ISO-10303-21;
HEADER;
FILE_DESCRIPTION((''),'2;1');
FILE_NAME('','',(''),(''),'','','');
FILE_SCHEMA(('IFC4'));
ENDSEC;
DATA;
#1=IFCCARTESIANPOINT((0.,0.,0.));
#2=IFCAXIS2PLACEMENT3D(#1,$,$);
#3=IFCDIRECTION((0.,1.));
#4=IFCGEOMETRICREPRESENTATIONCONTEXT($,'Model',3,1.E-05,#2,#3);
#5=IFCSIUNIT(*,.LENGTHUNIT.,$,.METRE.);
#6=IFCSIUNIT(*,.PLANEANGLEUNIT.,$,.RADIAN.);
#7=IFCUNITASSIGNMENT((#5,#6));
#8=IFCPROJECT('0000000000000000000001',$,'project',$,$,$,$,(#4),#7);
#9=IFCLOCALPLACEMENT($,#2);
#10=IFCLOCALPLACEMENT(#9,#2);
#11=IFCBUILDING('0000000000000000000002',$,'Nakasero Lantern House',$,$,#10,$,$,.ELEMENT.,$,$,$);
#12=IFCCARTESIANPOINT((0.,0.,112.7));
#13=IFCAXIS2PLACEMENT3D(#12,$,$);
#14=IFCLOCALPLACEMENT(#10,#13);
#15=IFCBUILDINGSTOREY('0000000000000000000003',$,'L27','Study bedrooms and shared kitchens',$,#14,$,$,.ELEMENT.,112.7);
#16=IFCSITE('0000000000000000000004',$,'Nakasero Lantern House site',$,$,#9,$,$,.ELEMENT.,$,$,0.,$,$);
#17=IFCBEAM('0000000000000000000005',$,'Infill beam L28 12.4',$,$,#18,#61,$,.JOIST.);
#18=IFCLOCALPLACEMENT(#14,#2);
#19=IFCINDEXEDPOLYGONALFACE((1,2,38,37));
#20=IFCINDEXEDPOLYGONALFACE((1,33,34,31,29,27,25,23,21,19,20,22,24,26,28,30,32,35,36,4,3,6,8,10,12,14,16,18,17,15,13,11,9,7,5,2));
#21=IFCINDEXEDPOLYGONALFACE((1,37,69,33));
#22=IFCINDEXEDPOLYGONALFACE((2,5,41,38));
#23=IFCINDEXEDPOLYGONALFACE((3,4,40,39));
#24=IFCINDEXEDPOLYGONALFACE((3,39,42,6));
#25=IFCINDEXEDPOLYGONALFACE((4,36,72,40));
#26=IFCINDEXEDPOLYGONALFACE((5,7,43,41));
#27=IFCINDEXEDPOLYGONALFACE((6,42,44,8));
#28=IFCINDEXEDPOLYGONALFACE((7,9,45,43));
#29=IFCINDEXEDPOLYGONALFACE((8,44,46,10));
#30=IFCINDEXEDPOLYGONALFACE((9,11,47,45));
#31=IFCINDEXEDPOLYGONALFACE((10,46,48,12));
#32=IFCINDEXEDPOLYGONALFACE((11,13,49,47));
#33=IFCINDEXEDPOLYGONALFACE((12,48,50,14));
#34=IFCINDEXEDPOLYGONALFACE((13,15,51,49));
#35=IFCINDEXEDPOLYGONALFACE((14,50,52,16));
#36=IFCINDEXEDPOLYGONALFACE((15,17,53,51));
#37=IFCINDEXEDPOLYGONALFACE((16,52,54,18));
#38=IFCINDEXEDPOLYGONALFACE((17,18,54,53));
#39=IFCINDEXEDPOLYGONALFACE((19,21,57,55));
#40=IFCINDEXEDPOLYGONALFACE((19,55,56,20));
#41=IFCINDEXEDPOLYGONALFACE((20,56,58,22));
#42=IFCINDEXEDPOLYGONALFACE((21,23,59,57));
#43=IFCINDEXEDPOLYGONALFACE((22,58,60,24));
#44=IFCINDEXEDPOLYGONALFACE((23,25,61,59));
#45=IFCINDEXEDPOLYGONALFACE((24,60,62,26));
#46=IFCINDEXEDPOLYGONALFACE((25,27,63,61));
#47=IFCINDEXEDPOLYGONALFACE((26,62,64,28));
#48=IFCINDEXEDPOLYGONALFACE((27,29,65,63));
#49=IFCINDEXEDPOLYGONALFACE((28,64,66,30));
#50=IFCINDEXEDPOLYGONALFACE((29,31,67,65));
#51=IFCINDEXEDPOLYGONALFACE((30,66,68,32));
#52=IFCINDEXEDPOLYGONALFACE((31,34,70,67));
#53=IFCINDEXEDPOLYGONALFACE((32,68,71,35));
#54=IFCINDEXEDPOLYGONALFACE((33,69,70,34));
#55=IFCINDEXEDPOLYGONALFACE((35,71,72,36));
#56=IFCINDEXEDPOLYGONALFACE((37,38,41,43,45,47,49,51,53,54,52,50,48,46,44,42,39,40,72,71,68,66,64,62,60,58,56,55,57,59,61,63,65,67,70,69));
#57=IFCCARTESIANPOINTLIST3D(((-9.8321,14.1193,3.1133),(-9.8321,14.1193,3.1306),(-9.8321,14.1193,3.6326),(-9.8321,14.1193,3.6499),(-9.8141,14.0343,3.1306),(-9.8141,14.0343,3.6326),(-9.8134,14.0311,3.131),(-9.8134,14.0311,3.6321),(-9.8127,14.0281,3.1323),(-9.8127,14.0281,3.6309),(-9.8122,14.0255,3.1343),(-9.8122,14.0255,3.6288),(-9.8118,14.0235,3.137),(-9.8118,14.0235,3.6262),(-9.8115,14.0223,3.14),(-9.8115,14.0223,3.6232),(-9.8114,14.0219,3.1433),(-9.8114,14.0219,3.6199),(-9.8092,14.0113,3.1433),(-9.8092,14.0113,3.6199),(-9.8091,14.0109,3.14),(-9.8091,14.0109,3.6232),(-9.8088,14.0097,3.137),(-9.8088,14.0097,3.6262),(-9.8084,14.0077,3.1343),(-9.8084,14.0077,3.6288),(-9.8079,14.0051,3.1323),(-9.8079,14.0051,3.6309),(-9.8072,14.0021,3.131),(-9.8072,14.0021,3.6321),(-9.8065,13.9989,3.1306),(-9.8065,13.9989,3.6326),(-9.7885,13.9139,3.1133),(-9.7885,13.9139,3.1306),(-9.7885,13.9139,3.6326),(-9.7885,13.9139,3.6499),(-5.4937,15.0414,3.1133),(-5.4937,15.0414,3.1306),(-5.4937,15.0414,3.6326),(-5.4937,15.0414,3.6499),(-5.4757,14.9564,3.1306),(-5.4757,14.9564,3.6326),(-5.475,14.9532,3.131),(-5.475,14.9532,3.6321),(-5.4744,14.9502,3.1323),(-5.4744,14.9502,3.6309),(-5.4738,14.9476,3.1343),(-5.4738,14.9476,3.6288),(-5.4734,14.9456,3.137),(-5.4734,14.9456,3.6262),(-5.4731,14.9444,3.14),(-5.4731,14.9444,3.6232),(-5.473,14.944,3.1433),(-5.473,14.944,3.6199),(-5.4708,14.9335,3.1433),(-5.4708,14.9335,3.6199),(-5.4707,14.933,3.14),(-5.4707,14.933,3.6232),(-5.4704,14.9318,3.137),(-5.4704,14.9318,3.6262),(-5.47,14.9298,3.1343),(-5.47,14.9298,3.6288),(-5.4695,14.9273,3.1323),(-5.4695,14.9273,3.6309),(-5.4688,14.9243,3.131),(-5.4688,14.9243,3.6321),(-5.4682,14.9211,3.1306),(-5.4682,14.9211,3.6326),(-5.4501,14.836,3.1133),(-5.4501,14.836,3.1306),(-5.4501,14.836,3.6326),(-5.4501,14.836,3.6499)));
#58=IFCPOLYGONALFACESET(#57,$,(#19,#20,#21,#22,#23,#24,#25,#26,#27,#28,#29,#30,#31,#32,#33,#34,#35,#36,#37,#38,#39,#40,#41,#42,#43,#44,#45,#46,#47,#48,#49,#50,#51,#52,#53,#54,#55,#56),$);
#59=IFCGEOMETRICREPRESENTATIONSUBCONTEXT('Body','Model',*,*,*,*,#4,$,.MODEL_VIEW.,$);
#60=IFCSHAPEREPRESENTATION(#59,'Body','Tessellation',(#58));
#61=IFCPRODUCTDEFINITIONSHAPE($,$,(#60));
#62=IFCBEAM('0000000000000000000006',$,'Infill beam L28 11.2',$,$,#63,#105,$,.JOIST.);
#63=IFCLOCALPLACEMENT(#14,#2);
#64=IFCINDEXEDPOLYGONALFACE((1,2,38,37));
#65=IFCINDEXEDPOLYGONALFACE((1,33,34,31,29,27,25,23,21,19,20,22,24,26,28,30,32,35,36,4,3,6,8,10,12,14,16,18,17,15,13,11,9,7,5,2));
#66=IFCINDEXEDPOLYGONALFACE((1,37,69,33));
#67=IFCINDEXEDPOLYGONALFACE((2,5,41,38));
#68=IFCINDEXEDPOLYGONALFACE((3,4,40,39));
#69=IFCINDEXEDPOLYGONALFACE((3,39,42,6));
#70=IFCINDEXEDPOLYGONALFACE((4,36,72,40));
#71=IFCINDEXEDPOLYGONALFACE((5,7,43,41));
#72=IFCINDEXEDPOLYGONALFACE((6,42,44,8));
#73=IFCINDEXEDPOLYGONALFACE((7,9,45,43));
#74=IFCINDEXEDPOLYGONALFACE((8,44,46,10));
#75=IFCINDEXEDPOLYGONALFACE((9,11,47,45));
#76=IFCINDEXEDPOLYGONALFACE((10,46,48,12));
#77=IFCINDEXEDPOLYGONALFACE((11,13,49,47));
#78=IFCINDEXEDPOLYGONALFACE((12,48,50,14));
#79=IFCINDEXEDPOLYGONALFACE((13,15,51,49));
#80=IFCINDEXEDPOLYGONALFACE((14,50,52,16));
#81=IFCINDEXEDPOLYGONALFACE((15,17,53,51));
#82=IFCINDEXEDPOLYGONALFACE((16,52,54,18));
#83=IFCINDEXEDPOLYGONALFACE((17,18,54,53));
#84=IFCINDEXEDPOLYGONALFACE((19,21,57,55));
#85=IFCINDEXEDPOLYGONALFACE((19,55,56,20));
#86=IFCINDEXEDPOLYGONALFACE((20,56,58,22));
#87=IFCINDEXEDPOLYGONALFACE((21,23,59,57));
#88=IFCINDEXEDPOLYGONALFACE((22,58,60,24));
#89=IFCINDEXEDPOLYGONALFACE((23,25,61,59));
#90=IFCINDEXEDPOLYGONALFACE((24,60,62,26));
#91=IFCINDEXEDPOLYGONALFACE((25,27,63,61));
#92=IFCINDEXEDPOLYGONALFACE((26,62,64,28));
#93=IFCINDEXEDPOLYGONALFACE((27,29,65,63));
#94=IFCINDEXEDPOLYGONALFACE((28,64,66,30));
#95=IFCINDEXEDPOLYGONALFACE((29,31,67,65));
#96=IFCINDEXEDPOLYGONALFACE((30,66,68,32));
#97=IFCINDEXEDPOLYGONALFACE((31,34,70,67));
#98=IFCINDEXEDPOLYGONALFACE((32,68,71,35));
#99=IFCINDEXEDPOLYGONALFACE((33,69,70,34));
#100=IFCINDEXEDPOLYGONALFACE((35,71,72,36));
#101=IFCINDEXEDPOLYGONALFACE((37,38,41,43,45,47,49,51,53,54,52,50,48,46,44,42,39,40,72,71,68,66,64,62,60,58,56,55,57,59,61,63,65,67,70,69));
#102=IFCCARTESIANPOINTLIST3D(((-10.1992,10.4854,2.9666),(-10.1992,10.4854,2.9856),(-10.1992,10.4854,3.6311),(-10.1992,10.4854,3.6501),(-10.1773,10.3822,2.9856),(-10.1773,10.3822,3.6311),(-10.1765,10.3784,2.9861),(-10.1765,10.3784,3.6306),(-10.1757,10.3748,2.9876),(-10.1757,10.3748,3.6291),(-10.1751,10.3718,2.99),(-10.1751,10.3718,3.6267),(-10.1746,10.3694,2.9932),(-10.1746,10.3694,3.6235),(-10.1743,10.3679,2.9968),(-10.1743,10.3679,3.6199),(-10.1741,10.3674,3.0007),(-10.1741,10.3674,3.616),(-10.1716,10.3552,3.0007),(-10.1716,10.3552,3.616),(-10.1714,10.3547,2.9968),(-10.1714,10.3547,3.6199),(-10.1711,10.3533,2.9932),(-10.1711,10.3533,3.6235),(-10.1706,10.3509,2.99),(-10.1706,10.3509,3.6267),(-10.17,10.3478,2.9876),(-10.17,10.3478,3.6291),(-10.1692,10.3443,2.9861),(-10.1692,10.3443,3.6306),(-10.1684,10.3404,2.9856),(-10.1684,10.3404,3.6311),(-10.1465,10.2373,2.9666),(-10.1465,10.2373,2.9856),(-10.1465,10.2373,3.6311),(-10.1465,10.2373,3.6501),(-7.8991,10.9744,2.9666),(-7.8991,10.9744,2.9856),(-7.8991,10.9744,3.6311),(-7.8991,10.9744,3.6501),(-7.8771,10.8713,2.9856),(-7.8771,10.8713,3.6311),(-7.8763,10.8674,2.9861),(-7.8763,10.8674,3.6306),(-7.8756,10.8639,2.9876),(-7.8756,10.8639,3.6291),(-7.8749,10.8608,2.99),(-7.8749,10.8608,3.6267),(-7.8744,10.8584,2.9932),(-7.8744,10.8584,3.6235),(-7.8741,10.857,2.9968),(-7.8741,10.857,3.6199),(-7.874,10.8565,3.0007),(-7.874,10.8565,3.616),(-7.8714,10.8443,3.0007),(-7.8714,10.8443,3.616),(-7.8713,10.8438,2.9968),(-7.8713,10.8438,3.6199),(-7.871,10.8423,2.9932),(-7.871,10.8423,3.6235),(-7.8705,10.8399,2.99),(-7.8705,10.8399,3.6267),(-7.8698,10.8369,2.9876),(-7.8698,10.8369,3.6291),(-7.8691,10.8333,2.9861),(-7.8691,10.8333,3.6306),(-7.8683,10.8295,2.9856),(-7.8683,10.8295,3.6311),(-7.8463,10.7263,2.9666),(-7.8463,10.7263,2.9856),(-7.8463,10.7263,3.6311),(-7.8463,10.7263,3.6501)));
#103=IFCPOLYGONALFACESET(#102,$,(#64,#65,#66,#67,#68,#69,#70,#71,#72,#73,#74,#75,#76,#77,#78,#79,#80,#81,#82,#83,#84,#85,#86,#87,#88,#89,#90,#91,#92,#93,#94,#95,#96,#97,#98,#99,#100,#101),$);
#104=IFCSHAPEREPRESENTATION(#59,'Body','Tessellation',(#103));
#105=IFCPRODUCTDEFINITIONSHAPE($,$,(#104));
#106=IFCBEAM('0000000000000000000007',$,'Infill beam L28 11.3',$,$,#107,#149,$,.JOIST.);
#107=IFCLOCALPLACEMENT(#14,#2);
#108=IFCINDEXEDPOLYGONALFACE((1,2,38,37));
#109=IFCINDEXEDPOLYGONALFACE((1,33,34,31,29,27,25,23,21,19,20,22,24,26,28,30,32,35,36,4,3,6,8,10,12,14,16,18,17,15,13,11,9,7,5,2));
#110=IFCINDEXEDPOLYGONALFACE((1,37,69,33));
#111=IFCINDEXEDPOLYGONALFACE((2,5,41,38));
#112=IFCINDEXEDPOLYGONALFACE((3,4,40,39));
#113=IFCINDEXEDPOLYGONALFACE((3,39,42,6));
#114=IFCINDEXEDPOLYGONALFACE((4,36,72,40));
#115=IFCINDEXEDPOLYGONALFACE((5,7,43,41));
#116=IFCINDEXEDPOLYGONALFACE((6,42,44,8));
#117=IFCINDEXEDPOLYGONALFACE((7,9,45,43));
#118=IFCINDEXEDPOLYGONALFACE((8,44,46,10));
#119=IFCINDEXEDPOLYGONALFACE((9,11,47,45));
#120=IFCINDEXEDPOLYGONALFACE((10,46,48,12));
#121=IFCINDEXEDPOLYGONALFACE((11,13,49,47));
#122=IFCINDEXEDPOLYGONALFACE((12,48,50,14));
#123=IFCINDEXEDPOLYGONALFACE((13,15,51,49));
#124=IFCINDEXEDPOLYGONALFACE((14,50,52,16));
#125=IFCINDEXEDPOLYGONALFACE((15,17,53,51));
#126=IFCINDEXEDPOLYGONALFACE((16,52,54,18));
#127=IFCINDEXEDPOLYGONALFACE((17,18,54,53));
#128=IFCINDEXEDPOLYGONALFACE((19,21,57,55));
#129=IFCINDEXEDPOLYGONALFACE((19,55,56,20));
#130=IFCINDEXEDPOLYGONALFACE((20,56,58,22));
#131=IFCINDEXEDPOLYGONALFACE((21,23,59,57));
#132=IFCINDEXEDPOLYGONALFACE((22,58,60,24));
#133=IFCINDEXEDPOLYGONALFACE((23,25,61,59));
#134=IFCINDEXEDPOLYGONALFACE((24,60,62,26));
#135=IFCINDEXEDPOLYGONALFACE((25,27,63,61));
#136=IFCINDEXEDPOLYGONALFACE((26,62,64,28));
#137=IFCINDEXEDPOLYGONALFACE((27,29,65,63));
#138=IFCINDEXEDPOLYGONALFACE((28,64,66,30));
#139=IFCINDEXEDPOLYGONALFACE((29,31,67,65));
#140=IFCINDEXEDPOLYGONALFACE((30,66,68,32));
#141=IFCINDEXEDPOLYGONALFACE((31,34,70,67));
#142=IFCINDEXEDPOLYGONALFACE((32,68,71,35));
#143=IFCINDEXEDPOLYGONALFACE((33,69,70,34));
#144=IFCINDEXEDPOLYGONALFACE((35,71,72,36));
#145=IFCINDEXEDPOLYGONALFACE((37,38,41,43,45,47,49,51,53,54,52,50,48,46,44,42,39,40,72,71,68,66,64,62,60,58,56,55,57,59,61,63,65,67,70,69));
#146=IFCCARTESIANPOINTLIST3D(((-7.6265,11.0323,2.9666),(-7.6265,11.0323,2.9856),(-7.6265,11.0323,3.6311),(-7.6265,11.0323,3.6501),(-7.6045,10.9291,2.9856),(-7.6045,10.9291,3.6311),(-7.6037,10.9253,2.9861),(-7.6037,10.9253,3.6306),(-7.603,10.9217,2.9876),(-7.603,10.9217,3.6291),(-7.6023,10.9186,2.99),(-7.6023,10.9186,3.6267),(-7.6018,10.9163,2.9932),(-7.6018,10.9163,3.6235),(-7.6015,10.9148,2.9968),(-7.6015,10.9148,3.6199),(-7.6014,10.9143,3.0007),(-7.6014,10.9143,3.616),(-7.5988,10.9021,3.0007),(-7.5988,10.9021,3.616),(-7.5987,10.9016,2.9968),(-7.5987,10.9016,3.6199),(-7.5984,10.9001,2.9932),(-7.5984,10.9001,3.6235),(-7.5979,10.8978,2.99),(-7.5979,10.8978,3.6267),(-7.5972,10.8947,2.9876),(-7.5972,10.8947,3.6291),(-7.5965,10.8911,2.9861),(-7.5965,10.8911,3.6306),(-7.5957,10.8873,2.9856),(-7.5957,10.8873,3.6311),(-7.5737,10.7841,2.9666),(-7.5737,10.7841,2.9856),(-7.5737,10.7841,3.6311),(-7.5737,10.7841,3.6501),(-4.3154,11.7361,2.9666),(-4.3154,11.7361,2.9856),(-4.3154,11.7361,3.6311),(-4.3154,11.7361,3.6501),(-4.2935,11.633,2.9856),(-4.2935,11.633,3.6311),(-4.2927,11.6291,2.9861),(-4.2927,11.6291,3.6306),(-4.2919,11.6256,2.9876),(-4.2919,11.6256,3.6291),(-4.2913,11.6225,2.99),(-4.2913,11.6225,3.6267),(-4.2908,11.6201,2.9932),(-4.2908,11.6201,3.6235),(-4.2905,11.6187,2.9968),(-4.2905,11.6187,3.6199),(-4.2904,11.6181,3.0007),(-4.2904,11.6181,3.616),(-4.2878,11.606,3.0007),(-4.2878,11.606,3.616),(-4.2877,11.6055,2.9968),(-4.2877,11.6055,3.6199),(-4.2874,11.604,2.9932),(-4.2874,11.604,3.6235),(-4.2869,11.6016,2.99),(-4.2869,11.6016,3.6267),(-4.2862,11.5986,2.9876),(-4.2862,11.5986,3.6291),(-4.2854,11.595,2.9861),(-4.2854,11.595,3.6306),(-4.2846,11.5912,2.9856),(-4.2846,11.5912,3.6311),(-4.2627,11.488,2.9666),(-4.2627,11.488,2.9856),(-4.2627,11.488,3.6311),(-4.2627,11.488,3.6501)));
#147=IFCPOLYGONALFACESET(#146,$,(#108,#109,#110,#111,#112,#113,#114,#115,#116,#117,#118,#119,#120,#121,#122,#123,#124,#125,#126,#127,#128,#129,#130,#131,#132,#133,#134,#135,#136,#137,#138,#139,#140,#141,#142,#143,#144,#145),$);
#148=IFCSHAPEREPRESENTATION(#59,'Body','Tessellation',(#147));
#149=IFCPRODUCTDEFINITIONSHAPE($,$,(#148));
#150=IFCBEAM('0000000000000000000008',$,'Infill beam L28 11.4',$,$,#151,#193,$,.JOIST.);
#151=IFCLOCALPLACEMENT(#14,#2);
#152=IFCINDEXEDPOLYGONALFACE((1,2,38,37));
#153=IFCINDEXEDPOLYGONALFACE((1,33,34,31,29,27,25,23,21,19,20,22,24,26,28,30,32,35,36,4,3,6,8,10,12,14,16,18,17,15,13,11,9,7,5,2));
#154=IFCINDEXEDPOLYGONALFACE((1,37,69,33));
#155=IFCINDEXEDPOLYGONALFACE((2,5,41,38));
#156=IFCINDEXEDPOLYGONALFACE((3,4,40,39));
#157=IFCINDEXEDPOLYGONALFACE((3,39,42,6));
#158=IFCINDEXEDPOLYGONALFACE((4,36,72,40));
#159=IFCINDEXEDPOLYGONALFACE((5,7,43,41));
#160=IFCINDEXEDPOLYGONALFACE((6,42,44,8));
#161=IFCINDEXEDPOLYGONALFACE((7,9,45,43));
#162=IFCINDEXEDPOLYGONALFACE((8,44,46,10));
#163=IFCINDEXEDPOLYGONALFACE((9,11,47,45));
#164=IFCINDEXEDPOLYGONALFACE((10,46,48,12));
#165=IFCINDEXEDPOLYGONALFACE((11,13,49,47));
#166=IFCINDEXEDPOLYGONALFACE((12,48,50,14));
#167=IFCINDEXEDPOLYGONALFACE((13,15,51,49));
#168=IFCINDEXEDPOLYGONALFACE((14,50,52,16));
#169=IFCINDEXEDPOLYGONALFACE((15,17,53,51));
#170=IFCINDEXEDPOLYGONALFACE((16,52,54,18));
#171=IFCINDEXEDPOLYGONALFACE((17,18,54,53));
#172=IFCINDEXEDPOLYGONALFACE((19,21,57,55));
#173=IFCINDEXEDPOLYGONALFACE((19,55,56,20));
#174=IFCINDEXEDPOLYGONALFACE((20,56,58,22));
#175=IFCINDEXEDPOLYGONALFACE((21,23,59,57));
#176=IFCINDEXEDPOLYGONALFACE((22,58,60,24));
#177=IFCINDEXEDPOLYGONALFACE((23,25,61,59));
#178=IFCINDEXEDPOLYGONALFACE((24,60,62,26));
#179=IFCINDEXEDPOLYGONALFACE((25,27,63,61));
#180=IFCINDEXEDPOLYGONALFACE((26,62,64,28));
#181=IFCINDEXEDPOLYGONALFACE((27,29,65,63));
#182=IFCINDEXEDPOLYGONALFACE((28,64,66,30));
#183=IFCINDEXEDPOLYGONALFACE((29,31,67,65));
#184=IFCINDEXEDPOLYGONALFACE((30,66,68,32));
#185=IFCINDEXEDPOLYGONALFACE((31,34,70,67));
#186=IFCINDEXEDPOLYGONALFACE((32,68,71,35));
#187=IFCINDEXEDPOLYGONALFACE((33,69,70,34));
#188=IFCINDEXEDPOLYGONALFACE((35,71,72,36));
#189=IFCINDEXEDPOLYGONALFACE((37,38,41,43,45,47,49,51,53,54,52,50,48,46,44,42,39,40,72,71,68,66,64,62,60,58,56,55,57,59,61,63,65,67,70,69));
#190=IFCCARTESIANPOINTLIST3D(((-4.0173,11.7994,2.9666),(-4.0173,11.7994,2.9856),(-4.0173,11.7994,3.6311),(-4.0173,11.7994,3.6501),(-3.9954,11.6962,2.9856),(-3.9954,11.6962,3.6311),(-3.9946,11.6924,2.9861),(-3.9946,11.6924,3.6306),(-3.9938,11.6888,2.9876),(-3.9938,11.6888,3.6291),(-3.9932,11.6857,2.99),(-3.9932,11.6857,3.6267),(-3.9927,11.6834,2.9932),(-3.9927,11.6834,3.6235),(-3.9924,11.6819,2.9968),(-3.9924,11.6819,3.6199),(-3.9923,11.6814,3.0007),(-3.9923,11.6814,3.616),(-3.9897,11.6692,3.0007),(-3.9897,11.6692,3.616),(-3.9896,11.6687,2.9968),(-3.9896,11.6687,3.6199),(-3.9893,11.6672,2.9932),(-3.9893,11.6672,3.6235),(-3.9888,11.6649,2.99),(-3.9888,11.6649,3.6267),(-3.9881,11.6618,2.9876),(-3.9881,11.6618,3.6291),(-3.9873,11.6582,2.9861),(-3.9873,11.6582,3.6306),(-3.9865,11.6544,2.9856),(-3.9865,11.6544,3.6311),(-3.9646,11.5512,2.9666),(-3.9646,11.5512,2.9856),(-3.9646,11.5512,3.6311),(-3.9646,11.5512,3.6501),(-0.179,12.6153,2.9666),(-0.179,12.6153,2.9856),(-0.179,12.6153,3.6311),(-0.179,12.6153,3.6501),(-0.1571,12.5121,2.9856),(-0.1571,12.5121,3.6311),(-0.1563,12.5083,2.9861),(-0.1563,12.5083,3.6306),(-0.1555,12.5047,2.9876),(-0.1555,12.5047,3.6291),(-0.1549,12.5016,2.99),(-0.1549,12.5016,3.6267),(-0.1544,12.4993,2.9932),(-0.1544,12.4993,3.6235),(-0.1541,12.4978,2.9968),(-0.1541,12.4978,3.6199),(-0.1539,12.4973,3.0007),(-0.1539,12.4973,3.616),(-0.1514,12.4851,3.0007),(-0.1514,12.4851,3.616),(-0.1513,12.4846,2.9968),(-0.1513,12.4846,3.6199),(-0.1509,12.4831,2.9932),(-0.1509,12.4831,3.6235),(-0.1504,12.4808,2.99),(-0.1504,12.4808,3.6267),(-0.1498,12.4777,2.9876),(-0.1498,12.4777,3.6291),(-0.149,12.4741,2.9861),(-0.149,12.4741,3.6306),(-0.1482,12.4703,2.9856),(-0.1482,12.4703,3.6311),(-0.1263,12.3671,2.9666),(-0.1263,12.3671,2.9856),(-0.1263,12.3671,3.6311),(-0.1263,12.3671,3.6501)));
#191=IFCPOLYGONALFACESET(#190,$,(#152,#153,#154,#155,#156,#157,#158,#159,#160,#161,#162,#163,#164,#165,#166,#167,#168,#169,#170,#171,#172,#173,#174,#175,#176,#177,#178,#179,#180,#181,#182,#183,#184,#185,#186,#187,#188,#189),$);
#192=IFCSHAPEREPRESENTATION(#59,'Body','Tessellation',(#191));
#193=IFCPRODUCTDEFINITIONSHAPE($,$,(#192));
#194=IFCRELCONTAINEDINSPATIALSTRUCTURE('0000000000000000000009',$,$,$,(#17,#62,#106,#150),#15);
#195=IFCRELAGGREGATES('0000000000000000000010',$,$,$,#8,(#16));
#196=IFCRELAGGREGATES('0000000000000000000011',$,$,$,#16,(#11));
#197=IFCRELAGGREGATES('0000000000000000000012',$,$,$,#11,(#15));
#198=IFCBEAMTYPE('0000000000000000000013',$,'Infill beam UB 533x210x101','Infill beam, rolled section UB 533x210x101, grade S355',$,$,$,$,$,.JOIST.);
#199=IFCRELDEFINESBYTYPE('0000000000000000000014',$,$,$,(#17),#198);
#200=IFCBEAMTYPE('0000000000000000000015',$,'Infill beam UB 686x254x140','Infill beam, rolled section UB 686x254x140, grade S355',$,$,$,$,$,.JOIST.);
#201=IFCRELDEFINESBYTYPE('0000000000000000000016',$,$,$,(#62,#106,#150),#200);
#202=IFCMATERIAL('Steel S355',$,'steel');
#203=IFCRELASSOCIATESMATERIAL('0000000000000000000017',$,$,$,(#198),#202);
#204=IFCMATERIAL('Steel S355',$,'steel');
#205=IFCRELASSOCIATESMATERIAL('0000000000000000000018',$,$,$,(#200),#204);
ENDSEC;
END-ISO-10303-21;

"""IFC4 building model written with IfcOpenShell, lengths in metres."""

from ifc_helpers import new_model, si_unit, direction, frame, origin, origin_2d, place, context, subcontext, project, spatial, i_section, extrude, material, material_profile, profile_set, type_object, element, save


model = new_model("IFC4")

# Units and contexts
model_context = context("Model", 3, precision=1e-05, world=origin(), true_north=direction((0.0, 1.0)))
body_context = subcontext(model_context, "Body", "Model", "MODEL_VIEW")
ifc_project = project(units=[si_unit("LENGTHUNIT", "METRE"), si_unit("PLANEANGLEUNIT", "RADIAN")], contexts=[model_context])

# Site, building, storey
site_placement = place(None, origin())
site = spatial("IfcSite", under=ifc_project, at=site_placement, Name="Nakasero Lantern House site", CompositionType="ELEMENT", RefElevation=0.0)
building_placement = place(site_placement, origin())
building = spatial("IfcBuilding", under=site, at=building_placement, Name="Nakasero Lantern House", CompositionType="ELEMENT")
storey_placement = place(building_placement, frame((0.0, 0.0, 112.7)))
storey = spatial("IfcBuildingStorey", under=building, at=storey_placement, Name="L27", Description="Study bedrooms and shared kitchens", CompositionType="ELEMENT", Elevation=112.7)

# Beams
ifc_material_1 = material(Name="Steel S355", Category="steel")
ifc_material_profile_1 = material_profile(ifc_material_1, i_section(OverallWidth=0.21, OverallDepth=0.5366, WebThickness=0.0107, FlangeThickness=0.0173, FilletRadius=0.0127, at=origin_2d()), Name="UB 533x210x101")
ifc_profile_set_1 = profile_set([ifc_material_profile_1], Name="Steel S355")
beam_type_1 = type_object("IfcBeamType", Name="Infill beam UB 533x210x101", Description="Infill beam, rolled section UB 533x210x101, grade S355", PredefinedType="JOIST", material=ifc_profile_set_1)
beam_1_placement = place(storey_placement, frame((-9.8103, 14.0166, 3.3816), z_axis=(0.978149, 0.207905, 0.0), x_axis=(-0.207905, 0.978149, 0.0)))
element("IfcBeam", 1, at=beam_1_placement, inside=storey, type_object=beam_type_1, Name="Infill beam L28 12.4", PredefinedType="JOIST", context=body_context, shape_type="SweptSolid", body=[
    extrude(i_section(OverallWidth=0.21, OverallDepth=0.5366, WebThickness=0.0107, FlangeThickness=0.0173, FilletRadius=0.0127, at=origin_2d()), origin(), (0.0, 0.0, 1.0), 4.4353),
])
ifc_material_2 = material(Name="Steel S355", Category="steel")
ifc_material_profile_2 = material_profile(ifc_material_2, i_section(OverallWidth=0.2537, OverallDepth=0.6836, WebThickness=0.0125, FlangeThickness=0.019, FilletRadius=0.0151, at=origin_2d()), Name="UB 686x254x140")
ifc_profile_set_2 = profile_set([ifc_material_profile_2], Name="Steel S355")
beam_type_2 = type_object("IfcBeamType", Name="Infill beam UB 686x254x140", Description="Infill beam, rolled section UB 686x254x140, grade S355", PredefinedType="JOIST", material=ifc_profile_set_2)
beam_2_placement = place(storey_placement, frame((-10.1729, 10.3613, 3.3083), z_axis=(0.978137, 0.207962, 0.0), x_axis=(-0.207962, 0.978137, 0.0)))
element("IfcBeam", 2, at=beam_2_placement, inside=storey, type_object=beam_type_2, Name="Infill beam L28 11.2", PredefinedType="JOIST", context=body_context, shape_type="SweptSolid", body=[
    extrude(i_section(OverallWidth=0.2537, OverallDepth=0.6836, WebThickness=0.0125, FlangeThickness=0.019, FilletRadius=0.0151, at=origin_2d()), origin(), (0.0, 0.0, 1.0), 2.3516),
])
beam_3_placement = place(storey_placement, frame((-7.6001, 10.9082, 3.3083), z_axis=(0.978143, 0.207933, 0.0), x_axis=(-0.207933, 0.978143, 0.0)))
element("IfcBeam", 3, at=beam_3_placement, inside=storey, type_object=beam_type_2, Name="Infill beam L28 11.3", PredefinedType="JOIST", context=body_context, shape_type="SweptSolid", body=[
    extrude(i_section(OverallWidth=0.2537, OverallDepth=0.6836, WebThickness=0.0125, FlangeThickness=0.019, FilletRadius=0.0151, at=origin_2d()), origin(), (0.0, 0.0, 1.0), 3.385),
])
beam_4_placement = place(storey_placement, frame((-3.991, 11.6753, 3.3083), z_axis=(0.978145, 0.207923, 0.0), x_axis=(-0.207923, 0.978145, 0.0)))
element("IfcBeam", 4, at=beam_4_placement, inside=storey, type_object=beam_type_2, Name="Infill beam L28 11.4", PredefinedType="JOIST", context=body_context, shape_type="SweptSolid", body=[
    extrude(i_section(OverallWidth=0.2537, OverallDepth=0.6836, WebThickness=0.0125, FlangeThickness=0.019, FilletRadius=0.0151, at=origin_2d()), origin(), (0.0, 0.0, 1.0), 3.9241),
])

save(model, "model.ifc")
